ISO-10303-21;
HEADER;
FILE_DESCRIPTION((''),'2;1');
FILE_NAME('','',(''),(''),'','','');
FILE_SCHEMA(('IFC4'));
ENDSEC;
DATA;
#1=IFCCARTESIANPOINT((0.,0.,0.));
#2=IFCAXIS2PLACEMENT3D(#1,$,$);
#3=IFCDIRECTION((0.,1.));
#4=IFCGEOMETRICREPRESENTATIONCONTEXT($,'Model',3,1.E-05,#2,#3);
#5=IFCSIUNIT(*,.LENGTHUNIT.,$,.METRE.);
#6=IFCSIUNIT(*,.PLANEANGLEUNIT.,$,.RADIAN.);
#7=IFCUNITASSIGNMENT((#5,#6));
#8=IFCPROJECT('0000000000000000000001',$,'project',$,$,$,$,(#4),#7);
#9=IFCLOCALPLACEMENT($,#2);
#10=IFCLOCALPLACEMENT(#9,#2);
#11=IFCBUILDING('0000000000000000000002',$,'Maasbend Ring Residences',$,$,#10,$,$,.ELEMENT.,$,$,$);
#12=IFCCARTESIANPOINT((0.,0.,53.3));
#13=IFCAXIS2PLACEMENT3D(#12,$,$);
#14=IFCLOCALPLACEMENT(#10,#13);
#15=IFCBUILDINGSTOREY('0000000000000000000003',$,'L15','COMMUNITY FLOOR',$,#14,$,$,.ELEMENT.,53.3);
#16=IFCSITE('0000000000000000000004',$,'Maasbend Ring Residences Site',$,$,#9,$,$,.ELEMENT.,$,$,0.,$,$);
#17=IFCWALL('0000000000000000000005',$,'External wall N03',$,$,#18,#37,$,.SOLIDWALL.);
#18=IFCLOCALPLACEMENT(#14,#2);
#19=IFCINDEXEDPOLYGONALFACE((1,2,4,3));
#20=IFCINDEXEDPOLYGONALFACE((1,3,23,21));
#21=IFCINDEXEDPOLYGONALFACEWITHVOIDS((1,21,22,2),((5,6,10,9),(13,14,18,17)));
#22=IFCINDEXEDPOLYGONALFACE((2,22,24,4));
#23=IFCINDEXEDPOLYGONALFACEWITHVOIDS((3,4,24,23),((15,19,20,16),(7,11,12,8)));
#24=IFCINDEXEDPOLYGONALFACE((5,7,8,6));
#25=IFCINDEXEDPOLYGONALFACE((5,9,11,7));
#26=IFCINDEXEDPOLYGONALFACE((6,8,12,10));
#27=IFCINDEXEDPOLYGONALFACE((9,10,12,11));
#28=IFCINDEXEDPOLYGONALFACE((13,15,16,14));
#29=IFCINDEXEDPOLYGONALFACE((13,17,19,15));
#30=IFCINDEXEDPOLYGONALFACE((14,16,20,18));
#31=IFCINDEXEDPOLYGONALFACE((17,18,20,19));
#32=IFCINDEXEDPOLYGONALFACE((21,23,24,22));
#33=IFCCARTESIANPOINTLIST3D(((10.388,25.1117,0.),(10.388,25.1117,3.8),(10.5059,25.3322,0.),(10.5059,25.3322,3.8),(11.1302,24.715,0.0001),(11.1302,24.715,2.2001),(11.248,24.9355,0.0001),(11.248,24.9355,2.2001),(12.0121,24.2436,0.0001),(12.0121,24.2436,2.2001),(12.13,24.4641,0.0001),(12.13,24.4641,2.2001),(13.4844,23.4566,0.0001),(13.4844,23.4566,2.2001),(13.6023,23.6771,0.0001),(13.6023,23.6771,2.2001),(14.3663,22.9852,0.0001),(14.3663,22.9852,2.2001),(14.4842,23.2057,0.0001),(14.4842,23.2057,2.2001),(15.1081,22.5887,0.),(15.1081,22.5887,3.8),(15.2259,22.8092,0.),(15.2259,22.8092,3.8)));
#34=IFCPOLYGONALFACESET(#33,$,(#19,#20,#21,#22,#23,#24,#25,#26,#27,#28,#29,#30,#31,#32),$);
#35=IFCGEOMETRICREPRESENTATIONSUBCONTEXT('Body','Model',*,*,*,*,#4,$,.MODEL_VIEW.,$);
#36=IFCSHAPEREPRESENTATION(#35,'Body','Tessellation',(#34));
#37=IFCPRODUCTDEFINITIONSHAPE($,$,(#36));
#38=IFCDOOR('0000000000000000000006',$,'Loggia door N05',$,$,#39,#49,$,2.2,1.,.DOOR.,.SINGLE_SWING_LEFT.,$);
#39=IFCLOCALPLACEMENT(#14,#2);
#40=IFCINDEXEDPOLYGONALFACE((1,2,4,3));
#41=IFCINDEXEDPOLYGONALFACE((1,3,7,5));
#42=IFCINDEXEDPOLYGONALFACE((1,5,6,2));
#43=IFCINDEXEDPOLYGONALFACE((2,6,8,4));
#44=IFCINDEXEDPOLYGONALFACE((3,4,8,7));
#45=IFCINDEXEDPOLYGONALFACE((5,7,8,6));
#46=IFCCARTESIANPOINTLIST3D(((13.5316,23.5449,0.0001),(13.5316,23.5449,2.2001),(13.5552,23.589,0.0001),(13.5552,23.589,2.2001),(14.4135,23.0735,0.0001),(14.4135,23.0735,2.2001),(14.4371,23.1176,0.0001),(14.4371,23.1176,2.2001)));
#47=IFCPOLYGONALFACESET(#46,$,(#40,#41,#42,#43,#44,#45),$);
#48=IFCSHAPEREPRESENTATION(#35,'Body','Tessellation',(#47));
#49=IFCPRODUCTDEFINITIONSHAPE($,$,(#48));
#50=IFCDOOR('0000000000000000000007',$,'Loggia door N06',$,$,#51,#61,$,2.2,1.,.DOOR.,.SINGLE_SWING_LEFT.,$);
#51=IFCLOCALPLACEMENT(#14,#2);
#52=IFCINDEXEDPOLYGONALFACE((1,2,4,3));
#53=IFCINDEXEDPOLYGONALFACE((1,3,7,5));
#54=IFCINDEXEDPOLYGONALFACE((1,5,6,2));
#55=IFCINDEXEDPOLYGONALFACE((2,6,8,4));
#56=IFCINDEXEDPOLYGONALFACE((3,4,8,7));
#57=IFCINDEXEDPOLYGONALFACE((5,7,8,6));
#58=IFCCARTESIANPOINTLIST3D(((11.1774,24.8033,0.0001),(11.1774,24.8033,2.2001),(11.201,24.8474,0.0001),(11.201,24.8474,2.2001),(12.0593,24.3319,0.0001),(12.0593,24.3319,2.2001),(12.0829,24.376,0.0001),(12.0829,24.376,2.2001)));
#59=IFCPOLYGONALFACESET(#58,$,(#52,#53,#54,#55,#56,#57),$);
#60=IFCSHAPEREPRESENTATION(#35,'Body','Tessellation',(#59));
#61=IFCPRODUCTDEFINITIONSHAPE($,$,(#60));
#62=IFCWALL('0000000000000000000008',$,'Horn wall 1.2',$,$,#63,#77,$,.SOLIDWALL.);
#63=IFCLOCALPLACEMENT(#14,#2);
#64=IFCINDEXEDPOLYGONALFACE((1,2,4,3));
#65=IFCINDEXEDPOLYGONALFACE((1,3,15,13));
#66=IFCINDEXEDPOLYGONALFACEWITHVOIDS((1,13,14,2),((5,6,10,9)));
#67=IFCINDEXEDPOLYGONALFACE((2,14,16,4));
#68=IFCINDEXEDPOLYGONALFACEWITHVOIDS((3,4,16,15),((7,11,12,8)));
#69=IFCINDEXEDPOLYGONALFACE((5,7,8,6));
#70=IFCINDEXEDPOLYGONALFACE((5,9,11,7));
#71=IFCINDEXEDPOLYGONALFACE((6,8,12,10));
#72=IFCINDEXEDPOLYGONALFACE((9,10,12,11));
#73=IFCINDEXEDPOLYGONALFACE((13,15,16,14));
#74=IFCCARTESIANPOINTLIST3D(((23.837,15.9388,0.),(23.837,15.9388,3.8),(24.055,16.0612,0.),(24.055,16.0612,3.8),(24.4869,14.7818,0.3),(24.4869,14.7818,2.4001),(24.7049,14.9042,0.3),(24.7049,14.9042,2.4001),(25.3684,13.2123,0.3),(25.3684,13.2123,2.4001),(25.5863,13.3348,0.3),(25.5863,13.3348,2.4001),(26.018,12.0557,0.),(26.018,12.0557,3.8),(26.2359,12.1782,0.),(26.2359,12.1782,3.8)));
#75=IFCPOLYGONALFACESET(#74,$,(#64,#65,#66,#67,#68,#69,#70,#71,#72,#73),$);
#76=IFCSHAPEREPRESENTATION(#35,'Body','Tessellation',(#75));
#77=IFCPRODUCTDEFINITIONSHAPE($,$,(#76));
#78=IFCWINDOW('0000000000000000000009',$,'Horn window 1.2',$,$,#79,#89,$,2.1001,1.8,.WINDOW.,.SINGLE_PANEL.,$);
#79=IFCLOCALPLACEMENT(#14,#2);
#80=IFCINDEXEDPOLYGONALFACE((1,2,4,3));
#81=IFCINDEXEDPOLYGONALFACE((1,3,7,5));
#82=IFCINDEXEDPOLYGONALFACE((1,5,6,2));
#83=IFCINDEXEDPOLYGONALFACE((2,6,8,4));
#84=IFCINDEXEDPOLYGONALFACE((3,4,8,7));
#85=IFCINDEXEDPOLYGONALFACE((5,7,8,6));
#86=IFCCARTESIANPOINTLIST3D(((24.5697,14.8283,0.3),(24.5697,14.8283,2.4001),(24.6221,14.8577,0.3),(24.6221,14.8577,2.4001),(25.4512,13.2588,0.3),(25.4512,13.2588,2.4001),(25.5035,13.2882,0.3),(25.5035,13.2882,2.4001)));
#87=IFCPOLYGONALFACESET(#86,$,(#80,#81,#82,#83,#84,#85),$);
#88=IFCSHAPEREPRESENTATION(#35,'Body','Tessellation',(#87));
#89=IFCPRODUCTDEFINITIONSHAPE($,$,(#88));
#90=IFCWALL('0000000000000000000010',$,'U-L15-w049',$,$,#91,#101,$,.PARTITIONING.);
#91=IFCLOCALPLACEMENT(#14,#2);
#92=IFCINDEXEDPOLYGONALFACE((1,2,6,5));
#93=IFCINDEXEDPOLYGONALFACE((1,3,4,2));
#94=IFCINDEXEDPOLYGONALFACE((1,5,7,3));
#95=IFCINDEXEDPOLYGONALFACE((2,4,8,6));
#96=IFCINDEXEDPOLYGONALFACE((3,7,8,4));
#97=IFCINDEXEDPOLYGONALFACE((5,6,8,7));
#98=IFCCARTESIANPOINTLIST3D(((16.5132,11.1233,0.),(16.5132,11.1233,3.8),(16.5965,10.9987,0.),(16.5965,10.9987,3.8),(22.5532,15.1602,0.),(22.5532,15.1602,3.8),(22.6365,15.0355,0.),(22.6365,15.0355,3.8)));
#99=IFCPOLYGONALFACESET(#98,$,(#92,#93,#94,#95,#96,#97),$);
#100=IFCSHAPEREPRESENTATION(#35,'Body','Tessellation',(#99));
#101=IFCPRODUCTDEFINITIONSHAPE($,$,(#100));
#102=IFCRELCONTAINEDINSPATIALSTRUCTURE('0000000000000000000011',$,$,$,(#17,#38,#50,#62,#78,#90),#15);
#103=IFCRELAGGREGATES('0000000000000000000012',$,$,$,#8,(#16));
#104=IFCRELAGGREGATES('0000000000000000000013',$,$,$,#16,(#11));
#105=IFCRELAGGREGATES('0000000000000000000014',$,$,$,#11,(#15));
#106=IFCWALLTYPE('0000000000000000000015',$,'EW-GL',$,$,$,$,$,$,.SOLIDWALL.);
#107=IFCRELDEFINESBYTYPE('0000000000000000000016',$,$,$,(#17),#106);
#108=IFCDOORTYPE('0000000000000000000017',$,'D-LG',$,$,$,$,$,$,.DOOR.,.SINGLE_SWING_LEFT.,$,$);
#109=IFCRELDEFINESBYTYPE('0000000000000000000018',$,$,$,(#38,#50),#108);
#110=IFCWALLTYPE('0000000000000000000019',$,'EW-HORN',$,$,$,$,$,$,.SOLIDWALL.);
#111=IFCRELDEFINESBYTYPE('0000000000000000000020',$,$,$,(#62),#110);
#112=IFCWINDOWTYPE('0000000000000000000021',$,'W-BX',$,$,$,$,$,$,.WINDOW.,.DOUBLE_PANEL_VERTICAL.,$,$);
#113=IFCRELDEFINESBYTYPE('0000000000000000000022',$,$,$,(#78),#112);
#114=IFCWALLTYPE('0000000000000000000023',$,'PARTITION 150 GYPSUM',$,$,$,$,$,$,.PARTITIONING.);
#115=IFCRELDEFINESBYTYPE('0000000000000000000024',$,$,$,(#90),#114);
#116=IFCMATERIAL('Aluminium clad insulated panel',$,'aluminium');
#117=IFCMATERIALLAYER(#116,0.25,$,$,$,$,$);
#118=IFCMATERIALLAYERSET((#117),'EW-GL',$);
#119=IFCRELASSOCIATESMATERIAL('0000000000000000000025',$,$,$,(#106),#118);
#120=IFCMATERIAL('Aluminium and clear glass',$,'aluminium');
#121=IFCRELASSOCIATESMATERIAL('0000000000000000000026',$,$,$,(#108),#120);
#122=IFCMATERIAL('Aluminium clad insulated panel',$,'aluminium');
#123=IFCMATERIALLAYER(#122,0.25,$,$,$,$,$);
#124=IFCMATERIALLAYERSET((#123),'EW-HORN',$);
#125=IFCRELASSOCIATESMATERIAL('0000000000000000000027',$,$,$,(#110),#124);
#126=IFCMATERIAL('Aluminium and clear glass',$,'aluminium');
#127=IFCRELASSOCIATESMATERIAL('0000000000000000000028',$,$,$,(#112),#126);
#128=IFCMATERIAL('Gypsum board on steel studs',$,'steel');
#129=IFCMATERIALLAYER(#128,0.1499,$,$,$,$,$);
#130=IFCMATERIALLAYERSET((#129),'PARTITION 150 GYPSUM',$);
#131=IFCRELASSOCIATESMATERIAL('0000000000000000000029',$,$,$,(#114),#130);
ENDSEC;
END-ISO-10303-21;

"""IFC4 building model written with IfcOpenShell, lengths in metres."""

from ifc_helpers import new_model, si_unit, direction, frame, frame_2d, origin, place, context, subcontext, project, spatial, rectangle, extrude, material, layer, layer_set, type_object, element, fill, save


model = new_model("IFC4")

# Units and contexts
model_context = context("Model", 3, precision=1e-05, world=origin(), true_north=direction((0.0, 1.0)))
body_context = subcontext(model_context, "Body", "Model", "MODEL_VIEW")
ifc_project = project(units=[si_unit("LENGTHUNIT", "METRE"), si_unit("PLANEANGLEUNIT", "RADIAN")], contexts=[model_context])

# Site, building, storey
site_placement = place(None, origin())
site = spatial("IfcSite", under=ifc_project, at=site_placement, Name="Maasbend Ring Residences Site", CompositionType="ELEMENT", RefElevation=0.0)
building_placement = place(site_placement, origin())
building = spatial("IfcBuilding", under=site, at=building_placement, Name="Maasbend Ring Residences", CompositionType="ELEMENT")
storey_placement = place(building_placement, frame((0.0, 0.0, 53.3)))
storey = spatial("IfcBuildingStorey", under=building, at=storey_placement, Name="L15", Description="COMMUNITY FLOOR", CompositionType="ELEMENT", Elevation=53.3)

# Wall, openings, doors
ifc_material_1 = material(Name="Aluminium clad insulated panel", Category="aluminium")
ifc_layer_1 = layer(ifc_material_1, 0.25)
ifc_layer_set_1 = layer_set([ifc_layer_1], Name="EW-GL")
wall_type_1 = type_object("IfcWallType", Name="EW-GL", PredefinedType="SOLIDWALL", material=ifc_layer_set_1)
ifc_material_2 = material(Name="Aluminium and clear glass", Category="aluminium")
door_type_1 = type_object("IfcDoorType", Name="D-LG", OperationType="SINGLE_SWING_LEFT", PredefinedType="DOOR", material=ifc_material_2)
wall_1_placement = place(storey_placement, frame((15.167, 22.699, 0.0), z_axis=(0.0, 0.0, 1.0), x_axis=(-0.881916, 0.471407, 0.0)))
wall_1 = element("IfcWall", 1, at=wall_1_placement, inside=storey, type_object=wall_type_1, Name="External wall N03", PredefinedType="SOLIDWALL", context=body_context, shape_type="SweptSolid", body=[
    extrude(rectangle(XDim=5.3521, YDim=0.25, at=frame_2d((2.676, 0.0))), origin(), (0.0, 0.0, 1.0), 3.8),
])
opening_1_placement = place(wall_1_placement, frame((0.8411, 0.0, 0.0)))
opening_1 = element("IfcOpeningElement", 2, at=opening_1_placement, cuts=wall_1, PredefinedType="OPENING", context=body_context, shape_type="SweptSolid", body=[
    extrude(rectangle(XDim=1.0, YDim=2.2, at=frame_2d((0.5, 1.1001))), frame((0.0, 0.135, 0.0), z_axis=(0.0, -1.0, 0.0), x_axis=(1.0, 0.0, 0.0)), (0.0, 0.0, 1.0), 0.27),
])
opening_2_placement = place(wall_1_placement, frame((3.5105, 0.0, 0.0)))
opening_2 = element("IfcOpeningElement", 3, at=opening_2_placement, cuts=wall_1, PredefinedType="OPENING", context=body_context, shape_type="SweptSolid", body=[
    extrude(rectangle(XDim=1.0, YDim=2.2, at=frame_2d((0.5, 1.1001))), frame((0.0, 0.135, 0.0), z_axis=(0.0, -1.0, 0.0), x_axis=(1.0, 0.0, 0.0)), (0.0, 0.0, 1.0), 0.27),
])
door_1_placement = place(opening_1_placement, origin())
door_1 = element("IfcDoor", 4, at=door_1_placement, inside=storey, type_object=door_type_1, Name="Loggia door N05", OperationType="SINGLE_SWING_LEFT", OverallHeight=2.2, OverallWidth=1.0, PredefinedType="DOOR", context=body_context, shape_type="SweptSolid", body=[
    extrude(rectangle(XDim=1.0, YDim=2.2, at=frame_2d((0.5, 1.1001))), frame((0.0, 0.0249, 0.0), z_axis=(0.0, -1.0, 0.0), x_axis=(1.0, 0.0, 0.0)), (0.0, 0.0, 1.0), 0.05),
])
fill(opening_1, door_1)
door_2_placement = place(opening_2_placement, origin())
door_2 = element("IfcDoor", 5, at=door_2_placement, inside=storey, type_object=door_type_1, Name="Loggia door N06", OperationType="SINGLE_SWING_LEFT", OverallHeight=2.2, OverallWidth=1.0, PredefinedType="DOOR", context=body_context, shape_type="SweptSolid", body=[
    extrude(rectangle(XDim=1.0, YDim=2.2, at=frame_2d((0.5, 1.1001))), frame((0.0, 0.0249, 0.0), z_axis=(0.0, -1.0, 0.0), x_axis=(1.0, 0.0, 0.0)), (0.0, 0.0, 1.0), 0.05),
])
fill(opening_2, door_2)

# Wall, opening, window
ifc_material_3 = material(Name="Aluminium clad insulated panel", Category="aluminium")
ifc_layer_2 = layer(ifc_material_3, 0.25)
ifc_layer_set_2 = layer_set([ifc_layer_2], Name="EW-HORN")
wall_type_2 = type_object("IfcWallType", Name="EW-HORN", PredefinedType="SOLIDWALL", material=ifc_layer_set_2)
wall_2_placement = place(storey_placement, frame((26.127, 12.1169, 0.0), z_axis=(0.0, 0.0, 1.0), x_axis=(-0.489696, 0.871893, 0.0)))
wall_2 = element("IfcWall", 6, at=wall_2_placement, inside=storey, type_object=wall_type_2, Name="Horn wall 1.2", PredefinedType="SOLIDWALL", context=body_context, shape_type="SweptSolid", body=[
    extrude(rectangle(XDim=4.4536, YDim=0.25, at=frame_2d((2.2268, 0.0))), origin(), (0.0, 0.0, 1.0), 3.8),
])
opening_3_placement = place(wall_2_placement, frame((1.3267, 0.0, 0.3)))
opening_3 = element("IfcOpeningElement", 7, at=opening_3_placement, cuts=wall_2, PredefinedType="OPENING", context=body_context, shape_type="SweptSolid", body=[
    extrude(rectangle(XDim=1.8, YDim=2.1001, at=frame_2d((0.8999, 1.05))), frame((0.0, 0.135, 0.0), z_axis=(0.0, -1.0, 0.0), x_axis=(1.0, 0.0, 0.0)), (0.0, 0.0, 1.0), 0.27),
])
ifc_material_4 = material(Name="Aluminium and clear glass", Category="aluminium")
window_type = type_object("IfcWindowType", Name="W-BX", PartitioningType="DOUBLE_PANEL_VERTICAL", PredefinedType="WINDOW", material=ifc_material_4)
window_placement = place(opening_3_placement, origin())
window = element("IfcWindow", 8, at=window_placement, inside=storey, type_object=window_type, Name="Horn window 1.2", OverallHeight=2.1001, OverallWidth=1.8, PartitioningType="SINGLE_PANEL", PredefinedType="WINDOW", context=body_context, shape_type="SweptSolid", body=[
    extrude(rectangle(XDim=1.8, YDim=2.1001, at=frame_2d((0.8999, 1.05))), frame((0.0, 0.03, 0.0), z_axis=(0.0, -1.0, 0.0), x_axis=(1.0, 0.0, 0.0)), (0.0, 0.0, 1.0), 0.0601),
])
fill(opening_3, window)

# Wall
ifc_material_5 = material(Name="Gypsum board on steel studs", Category="steel")
ifc_layer_3 = layer(ifc_material_5, 0.1499)
ifc_layer_set_3 = layer_set([ifc_layer_3], Name="PARTITION 150 GYPSUM")
wall_type_3 = type_object("IfcWallType", Name="PARTITION 150 GYPSUM", PredefinedType="PARTITIONING", material=ifc_layer_set_3)
wall_3_placement = place(storey_placement, frame((16.5549, 11.061, 0.0), z_axis=(0.0, 0.0, 1.0), x_axis=(0.831403, 0.555669, 0.0)))
element("IfcWall", 9, at=wall_3_placement, inside=storey, type_object=wall_type_3, Name="U-L15-w049", PredefinedType="PARTITIONING", context=body_context, shape_type="SweptSolid", body=[
    extrude(rectangle(XDim=7.2649, YDim=0.1499, at=frame_2d((3.6323, 0.0))), origin(), (0.0, 0.0, 1.0), 3.8),
])

save(model, "model.ifc")
